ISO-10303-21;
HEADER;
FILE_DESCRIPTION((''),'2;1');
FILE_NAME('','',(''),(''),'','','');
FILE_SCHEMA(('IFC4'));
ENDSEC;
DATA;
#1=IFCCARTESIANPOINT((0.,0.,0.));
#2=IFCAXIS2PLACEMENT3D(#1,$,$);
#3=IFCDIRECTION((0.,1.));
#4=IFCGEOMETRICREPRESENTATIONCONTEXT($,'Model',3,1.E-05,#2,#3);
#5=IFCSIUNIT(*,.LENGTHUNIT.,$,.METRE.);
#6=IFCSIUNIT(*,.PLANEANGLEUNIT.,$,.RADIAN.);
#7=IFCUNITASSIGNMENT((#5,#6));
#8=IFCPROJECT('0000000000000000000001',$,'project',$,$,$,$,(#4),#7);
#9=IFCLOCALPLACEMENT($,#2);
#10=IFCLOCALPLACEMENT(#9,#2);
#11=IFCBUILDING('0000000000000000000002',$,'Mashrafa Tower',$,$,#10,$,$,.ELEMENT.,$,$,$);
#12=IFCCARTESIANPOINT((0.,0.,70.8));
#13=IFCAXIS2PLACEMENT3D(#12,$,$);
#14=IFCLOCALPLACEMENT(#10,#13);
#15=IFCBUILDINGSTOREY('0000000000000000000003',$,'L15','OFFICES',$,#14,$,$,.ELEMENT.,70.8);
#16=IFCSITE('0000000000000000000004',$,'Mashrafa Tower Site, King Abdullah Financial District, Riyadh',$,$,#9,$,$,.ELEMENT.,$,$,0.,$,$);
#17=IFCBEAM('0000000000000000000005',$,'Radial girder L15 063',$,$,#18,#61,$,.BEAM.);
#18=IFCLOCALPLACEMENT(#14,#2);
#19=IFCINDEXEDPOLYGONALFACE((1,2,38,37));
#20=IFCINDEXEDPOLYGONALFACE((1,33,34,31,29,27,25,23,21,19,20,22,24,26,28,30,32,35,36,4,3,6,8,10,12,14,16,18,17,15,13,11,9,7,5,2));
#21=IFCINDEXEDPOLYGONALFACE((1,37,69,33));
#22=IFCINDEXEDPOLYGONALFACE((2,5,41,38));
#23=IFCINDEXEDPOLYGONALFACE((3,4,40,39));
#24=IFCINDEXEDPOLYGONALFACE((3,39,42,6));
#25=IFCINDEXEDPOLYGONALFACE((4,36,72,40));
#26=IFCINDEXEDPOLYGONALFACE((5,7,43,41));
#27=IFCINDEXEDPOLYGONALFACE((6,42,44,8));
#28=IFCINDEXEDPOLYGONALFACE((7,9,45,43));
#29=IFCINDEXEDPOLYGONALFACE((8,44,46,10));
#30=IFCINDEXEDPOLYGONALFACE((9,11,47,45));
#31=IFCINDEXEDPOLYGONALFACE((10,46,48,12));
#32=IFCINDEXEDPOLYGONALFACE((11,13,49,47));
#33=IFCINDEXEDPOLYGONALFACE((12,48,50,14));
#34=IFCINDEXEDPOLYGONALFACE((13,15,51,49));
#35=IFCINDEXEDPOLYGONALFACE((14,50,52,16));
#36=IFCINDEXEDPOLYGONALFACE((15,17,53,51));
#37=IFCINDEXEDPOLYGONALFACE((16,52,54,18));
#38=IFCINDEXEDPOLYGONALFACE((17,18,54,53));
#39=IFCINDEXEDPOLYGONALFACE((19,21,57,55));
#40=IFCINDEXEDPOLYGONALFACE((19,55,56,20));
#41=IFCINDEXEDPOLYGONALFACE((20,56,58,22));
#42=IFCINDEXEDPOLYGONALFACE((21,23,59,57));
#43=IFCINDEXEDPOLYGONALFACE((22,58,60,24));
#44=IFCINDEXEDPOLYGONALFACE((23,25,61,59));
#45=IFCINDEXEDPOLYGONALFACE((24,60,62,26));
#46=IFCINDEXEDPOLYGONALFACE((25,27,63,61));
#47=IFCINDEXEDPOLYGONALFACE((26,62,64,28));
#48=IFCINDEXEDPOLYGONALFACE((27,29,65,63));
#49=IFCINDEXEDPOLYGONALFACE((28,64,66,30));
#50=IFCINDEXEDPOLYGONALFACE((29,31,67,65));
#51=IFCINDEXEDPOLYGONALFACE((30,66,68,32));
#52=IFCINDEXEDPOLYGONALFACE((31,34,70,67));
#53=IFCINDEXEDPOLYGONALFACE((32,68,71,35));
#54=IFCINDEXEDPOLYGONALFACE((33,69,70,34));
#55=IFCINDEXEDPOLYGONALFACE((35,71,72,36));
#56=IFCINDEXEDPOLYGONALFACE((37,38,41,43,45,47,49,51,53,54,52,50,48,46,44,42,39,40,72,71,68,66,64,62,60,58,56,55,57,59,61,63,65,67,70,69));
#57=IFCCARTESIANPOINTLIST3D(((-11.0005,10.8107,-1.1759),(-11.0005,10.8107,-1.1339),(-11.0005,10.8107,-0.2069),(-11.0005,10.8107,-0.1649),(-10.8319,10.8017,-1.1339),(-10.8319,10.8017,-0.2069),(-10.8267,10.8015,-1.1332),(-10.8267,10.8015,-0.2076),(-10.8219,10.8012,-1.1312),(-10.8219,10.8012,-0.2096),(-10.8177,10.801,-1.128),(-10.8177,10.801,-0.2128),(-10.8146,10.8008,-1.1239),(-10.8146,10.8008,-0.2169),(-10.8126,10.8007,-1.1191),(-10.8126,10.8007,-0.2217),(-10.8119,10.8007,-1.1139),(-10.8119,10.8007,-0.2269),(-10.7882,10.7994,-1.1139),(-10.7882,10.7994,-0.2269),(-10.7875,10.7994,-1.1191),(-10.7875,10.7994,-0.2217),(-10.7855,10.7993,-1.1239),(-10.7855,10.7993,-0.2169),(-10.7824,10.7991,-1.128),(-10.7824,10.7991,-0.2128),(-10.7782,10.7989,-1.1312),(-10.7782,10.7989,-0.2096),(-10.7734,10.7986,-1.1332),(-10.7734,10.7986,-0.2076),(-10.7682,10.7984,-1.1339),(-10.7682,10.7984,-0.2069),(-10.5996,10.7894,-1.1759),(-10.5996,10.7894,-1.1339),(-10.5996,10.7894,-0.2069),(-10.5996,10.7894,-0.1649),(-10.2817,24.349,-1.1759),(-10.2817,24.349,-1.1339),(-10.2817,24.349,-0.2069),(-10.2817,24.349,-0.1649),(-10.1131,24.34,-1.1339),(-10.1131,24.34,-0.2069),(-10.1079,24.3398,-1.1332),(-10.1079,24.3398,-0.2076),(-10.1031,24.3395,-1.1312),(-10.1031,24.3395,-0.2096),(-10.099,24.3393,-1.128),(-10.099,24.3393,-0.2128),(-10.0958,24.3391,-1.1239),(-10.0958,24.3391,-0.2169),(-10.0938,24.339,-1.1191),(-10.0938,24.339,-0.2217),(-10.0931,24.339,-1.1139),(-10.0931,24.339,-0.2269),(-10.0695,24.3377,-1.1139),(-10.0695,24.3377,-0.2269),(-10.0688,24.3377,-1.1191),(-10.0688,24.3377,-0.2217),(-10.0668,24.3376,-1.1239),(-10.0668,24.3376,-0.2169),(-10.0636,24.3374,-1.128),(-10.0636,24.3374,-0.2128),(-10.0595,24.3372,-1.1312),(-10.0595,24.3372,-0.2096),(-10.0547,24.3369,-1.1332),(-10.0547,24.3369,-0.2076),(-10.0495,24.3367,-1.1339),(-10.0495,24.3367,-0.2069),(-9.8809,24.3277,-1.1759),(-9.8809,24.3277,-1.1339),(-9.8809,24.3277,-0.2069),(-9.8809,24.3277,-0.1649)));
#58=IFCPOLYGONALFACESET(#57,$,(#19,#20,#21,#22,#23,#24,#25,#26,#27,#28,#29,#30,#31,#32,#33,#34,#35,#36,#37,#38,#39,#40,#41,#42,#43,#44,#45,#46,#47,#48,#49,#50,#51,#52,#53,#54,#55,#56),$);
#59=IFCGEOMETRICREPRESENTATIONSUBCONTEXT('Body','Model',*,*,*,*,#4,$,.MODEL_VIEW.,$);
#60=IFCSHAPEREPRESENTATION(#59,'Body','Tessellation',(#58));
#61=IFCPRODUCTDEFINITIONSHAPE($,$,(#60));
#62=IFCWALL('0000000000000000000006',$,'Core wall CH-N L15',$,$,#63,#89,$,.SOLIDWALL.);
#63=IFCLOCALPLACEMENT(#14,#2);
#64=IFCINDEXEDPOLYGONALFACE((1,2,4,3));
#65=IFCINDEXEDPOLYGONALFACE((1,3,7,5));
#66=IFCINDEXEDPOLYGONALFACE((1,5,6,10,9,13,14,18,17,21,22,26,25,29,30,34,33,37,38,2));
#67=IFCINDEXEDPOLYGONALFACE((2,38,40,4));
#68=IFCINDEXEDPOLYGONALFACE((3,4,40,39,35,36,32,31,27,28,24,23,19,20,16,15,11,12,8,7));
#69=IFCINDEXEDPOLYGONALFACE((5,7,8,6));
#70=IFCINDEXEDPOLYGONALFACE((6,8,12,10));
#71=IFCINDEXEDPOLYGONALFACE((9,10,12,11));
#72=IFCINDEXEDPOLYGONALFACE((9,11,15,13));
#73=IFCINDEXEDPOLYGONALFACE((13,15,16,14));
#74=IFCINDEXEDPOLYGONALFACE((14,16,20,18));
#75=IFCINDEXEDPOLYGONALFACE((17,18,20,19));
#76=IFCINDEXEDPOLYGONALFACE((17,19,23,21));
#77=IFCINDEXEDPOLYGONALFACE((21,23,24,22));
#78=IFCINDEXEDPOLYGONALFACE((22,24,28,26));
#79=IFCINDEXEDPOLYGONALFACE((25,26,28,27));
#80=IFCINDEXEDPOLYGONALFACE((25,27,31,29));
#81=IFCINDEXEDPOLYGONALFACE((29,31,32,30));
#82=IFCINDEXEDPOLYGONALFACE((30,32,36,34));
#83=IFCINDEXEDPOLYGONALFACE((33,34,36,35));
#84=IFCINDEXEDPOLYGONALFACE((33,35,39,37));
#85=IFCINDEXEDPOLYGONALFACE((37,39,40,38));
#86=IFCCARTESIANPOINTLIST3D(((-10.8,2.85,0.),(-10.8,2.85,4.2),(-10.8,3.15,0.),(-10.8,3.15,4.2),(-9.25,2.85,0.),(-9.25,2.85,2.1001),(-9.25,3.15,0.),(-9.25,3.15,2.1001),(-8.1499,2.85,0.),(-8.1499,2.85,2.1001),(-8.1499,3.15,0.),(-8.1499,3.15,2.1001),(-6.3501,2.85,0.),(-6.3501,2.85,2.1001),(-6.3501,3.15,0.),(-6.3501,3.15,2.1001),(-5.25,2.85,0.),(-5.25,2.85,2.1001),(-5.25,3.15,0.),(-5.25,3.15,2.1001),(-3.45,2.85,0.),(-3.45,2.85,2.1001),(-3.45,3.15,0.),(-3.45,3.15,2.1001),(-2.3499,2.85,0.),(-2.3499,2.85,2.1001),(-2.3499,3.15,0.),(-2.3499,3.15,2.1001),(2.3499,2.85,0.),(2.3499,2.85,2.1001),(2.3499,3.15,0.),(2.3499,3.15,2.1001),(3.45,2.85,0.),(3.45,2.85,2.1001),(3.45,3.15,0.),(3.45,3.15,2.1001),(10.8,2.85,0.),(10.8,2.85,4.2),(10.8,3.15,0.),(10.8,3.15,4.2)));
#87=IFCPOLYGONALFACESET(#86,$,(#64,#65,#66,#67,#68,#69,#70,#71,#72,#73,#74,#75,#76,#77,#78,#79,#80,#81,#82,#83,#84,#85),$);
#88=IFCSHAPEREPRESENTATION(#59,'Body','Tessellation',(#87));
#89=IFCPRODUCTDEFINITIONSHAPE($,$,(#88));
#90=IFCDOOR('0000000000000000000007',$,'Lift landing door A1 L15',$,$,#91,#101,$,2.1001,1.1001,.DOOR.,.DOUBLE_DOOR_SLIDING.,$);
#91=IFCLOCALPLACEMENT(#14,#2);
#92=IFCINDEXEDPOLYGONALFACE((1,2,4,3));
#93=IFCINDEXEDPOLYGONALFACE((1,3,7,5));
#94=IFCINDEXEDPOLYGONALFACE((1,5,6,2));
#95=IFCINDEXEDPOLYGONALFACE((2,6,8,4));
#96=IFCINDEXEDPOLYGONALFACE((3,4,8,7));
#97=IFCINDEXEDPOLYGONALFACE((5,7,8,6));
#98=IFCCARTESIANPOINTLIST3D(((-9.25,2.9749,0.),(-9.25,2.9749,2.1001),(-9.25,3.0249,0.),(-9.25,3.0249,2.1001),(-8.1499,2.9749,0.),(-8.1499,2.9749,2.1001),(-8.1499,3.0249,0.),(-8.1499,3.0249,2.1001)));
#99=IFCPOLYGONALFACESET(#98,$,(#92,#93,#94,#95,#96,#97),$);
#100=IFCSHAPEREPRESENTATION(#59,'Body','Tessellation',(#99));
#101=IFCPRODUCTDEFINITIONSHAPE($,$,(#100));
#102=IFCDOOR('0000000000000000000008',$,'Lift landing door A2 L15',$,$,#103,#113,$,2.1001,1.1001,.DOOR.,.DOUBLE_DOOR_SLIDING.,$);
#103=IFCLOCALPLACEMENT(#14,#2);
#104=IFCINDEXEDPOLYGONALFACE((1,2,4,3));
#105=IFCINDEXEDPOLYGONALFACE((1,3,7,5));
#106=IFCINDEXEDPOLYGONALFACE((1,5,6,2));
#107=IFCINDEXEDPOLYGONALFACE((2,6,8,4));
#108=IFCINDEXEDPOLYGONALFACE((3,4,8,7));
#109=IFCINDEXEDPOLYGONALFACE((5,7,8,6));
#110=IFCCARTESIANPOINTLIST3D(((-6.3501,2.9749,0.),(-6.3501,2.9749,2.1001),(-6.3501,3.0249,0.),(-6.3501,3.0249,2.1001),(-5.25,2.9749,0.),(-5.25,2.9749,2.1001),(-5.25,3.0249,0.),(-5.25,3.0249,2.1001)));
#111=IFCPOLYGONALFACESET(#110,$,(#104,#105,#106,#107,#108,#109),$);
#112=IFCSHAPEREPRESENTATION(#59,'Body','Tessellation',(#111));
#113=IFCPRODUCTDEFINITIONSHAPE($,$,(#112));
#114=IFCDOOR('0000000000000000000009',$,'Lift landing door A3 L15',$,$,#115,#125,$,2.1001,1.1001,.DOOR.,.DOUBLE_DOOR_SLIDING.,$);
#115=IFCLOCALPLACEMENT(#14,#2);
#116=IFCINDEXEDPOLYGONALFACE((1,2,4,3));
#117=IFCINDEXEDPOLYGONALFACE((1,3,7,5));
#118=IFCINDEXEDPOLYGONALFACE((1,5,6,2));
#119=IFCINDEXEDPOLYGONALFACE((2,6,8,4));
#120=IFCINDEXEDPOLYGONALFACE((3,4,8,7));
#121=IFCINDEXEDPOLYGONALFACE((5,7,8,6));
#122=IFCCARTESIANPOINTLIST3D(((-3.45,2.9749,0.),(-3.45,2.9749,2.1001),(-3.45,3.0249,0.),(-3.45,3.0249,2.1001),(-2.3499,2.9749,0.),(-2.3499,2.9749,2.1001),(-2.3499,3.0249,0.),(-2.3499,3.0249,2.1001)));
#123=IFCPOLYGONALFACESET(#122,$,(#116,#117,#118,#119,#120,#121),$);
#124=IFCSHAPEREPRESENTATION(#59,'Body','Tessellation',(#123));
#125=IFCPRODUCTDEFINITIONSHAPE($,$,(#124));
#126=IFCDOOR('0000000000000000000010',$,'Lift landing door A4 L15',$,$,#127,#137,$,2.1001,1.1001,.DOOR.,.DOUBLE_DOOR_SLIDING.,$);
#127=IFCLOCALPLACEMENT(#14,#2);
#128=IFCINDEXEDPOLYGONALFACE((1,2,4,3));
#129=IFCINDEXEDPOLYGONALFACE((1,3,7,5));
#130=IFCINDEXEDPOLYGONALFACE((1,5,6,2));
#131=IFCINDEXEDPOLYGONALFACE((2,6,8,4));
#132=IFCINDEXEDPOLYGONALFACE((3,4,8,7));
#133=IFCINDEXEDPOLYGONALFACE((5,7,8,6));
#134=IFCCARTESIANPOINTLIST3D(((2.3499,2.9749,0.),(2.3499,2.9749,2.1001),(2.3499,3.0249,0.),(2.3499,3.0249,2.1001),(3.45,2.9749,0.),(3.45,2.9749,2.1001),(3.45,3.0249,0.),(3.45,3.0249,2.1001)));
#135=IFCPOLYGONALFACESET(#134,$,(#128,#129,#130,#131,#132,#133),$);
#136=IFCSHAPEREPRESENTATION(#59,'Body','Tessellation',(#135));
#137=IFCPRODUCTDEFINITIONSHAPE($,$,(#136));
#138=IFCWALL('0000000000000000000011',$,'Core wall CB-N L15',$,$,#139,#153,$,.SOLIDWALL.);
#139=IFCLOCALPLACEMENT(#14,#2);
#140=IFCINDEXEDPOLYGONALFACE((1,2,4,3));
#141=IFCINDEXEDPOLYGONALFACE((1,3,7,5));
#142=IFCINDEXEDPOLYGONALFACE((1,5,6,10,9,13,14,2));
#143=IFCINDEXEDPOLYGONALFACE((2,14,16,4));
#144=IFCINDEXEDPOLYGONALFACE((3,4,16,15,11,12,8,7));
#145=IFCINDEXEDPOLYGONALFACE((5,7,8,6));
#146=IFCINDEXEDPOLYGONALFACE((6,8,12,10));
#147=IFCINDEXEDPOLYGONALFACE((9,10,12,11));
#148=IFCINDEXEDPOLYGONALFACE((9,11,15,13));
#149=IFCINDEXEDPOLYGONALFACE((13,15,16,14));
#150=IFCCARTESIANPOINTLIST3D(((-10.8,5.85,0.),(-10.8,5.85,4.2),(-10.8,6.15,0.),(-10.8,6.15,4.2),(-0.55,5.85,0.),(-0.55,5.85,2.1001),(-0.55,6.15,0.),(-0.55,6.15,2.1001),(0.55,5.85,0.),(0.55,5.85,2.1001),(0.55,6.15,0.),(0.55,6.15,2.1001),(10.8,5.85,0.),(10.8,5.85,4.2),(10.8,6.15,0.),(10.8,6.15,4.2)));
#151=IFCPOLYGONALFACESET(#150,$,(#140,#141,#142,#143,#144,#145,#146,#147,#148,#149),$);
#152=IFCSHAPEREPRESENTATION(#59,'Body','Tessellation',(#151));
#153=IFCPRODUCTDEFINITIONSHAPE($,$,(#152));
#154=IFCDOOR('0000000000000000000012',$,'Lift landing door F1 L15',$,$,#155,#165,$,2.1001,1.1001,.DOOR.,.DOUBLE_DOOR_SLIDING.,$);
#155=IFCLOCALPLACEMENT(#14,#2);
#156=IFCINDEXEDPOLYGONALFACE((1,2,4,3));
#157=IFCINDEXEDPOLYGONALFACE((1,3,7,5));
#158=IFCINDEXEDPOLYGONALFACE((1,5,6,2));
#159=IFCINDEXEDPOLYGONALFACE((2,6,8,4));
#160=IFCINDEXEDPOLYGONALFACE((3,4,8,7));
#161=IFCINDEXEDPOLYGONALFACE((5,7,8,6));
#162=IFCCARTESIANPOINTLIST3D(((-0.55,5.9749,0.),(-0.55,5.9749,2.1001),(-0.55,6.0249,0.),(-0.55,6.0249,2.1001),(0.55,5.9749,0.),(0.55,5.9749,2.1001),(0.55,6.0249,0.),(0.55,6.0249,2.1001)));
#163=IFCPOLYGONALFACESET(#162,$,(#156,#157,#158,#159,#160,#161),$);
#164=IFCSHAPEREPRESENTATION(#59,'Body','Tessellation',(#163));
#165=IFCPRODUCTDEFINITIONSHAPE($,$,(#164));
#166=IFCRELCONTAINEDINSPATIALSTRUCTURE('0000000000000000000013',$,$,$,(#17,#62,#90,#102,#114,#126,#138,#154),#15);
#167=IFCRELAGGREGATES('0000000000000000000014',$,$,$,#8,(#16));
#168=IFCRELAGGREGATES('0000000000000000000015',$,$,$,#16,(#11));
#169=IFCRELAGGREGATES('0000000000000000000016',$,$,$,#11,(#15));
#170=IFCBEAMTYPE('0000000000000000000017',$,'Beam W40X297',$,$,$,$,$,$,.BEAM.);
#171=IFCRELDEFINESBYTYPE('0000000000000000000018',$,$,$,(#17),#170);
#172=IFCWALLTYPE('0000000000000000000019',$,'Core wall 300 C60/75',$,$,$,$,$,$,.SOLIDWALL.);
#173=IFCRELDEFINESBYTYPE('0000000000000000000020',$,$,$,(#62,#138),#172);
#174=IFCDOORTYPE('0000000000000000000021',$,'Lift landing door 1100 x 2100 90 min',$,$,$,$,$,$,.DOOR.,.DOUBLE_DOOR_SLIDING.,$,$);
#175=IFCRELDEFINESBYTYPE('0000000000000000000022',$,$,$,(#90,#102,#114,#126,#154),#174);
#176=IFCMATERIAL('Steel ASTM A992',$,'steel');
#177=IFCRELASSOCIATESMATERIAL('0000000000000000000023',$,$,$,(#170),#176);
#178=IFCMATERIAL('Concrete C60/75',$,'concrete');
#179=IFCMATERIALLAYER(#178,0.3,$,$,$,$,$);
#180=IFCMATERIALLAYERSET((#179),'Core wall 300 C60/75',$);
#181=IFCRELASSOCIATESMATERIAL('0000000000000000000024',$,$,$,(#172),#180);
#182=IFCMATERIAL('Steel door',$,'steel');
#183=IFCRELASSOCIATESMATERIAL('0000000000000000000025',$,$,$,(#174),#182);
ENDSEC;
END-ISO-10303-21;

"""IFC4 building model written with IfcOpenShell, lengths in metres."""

from ifc_helpers import new_model, si_unit, direction, frame, frame_2d, origin, origin_2d, place, context, subcontext, project, spatial, rectangle, i_section, extrude, material, layer, layer_set, material_profile, profile_set, type_object, element, fill, save


model = new_model("IFC4")

# Units and contexts
model_context = context("Model", 3, precision=1e-05, world=origin(), true_north=direction((0.0, 1.0)))
body_context = subcontext(model_context, "Body", "Model", "MODEL_VIEW")
ifc_project = project(units=[si_unit("LENGTHUNIT", "METRE"), si_unit("PLANEANGLEUNIT", "RADIAN")], contexts=[model_context])

# Site, building, storey
site_placement = place(None, origin())
site = spatial("IfcSite", under=ifc_project, at=site_placement, Name="Mashrafa Tower Site, King Abdullah Financial District, Riyadh", CompositionType="ELEMENT", RefElevation=0.0)
building_placement = place(site_placement, origin())
building = spatial("IfcBuilding", under=site, at=building_placement, Name="Mashrafa Tower", CompositionType="ELEMENT")
storey_placement = place(building_placement, frame((0.0, 0.0, 70.8)))
storey = spatial("IfcBuildingStorey", under=building, at=storey_placement, Name="L15", Description="OFFICES", CompositionType="ELEMENT", Elevation=70.8)

# Beam
ifc_material_1 = material(Name="Steel ASTM A992", Category="steel")
ifc_material_profile_1 = material_profile(ifc_material_1, i_section(OverallWidth=0.4014, OverallDepth=1.011, WebThickness=0.0237, FlangeThickness=0.042, FilletRadius=0.02, at=origin_2d()), Name="W40X297")
ifc_profile_set_1 = profile_set([ifc_material_profile_1], Name="Steel ASTM A992")
beam_type_1 = type_object("IfcBeamType", Name="Beam W40X297", PredefinedType="BEAM", material=ifc_profile_set_1)
for number, where, z_axis, x_axis, name in (
    (1, (-10.8, 10.8, -0.6704), (0.053015, 0.998594, 0.0), (-0.998594, 0.053015, 0.0), "Radial girder L15 063"),
):
    element("IfcBeam", number, at=place(storey_placement, frame(where, z_axis=z_axis, x_axis=x_axis)), inside=storey, type_object=beam_type_1, Name=name, PredefinedType="BEAM", context=body_context, shape_type="SweptSolid", body=[
        extrude(i_section(OverallWidth=0.4014, OverallDepth=1.011, WebThickness=0.0237, FlangeThickness=0.042, FilletRadius=0.02, at=origin_2d()), origin(), (0.0, 0.0, 1.0), 13.5574),
    ])

# Wall, openings, doors
ifc_material_2 = material(Name="Concrete C60/75", Category="concrete")
ifc_layer_1 = layer(ifc_material_2, 0.3)
ifc_layer_set_1 = layer_set([ifc_layer_1], Name="Core wall 300 C60/75")
wall_type_1 = type_object("IfcWallType", Name="Core wall 300 C60/75", PredefinedType="SOLIDWALL", material=ifc_layer_set_1)
wall_1_placement = place(storey_placement, frame((-10.8, 3.0, 0.0), z_axis=(0.0, 0.0, 1.0), x_axis=(1.0, 0.0, 0.0)))
wall_1 = element("IfcWall", 2, at=wall_1_placement, inside=storey, type_object=wall_type_1, Name="Core wall CH-N L15", PredefinedType="SOLIDWALL", context=body_context, shape_type="SweptSolid", body=[
    extrude(rectangle(XDim=21.6001, YDim=0.3, at=frame_2d((10.8, 0.0))), origin(), (0.0, 0.0, 1.0), 4.2),
])
opening_1_placement = place(wall_1_placement, frame((1.55, 0.0, 0.0)))
opening_1 = element("IfcOpeningElement", 3, at=opening_1_placement, cuts=wall_1, PredefinedType="OPENING", context=body_context, shape_type="SweptSolid", body=[
    extrude(rectangle(XDim=1.1001, YDim=2.1001, at=frame_2d((0.55, 1.05))), frame((0.0, 0.1599, 0.0), z_axis=(0.0, -1.0, 0.0), x_axis=(1.0, 0.0, 0.0)), (0.0, 0.0, 1.0), 0.3201),
])
opening_2_placement = place(wall_1_placement, frame((4.45, 0.0, 0.0)))
opening_2 = element("IfcOpeningElement", 4, at=opening_2_placement, cuts=wall_1, PredefinedType="OPENING", context=body_context, shape_type="SweptSolid", body=[
    extrude(rectangle(XDim=1.1001, YDim=2.1001, at=frame_2d((0.55, 1.05))), frame((0.0, 0.1599, 0.0), z_axis=(0.0, -1.0, 0.0), x_axis=(1.0, 0.0, 0.0)), (0.0, 0.0, 1.0), 0.3201),
])
opening_3_placement = place(wall_1_placement, frame((7.3501, 0.0, 0.0)))
opening_3 = element("IfcOpeningElement", 5, at=opening_3_placement, cuts=wall_1, PredefinedType="OPENING", context=body_context, shape_type="SweptSolid", body=[
    extrude(rectangle(XDim=1.1001, YDim=2.1001, at=frame_2d((0.55, 1.05))), frame((0.0, 0.1599, 0.0), z_axis=(0.0, -1.0, 0.0), x_axis=(1.0, 0.0, 0.0)), (0.0, 0.0, 1.0), 0.3201),
])
opening_4_placement = place(wall_1_placement, frame((13.1499, 0.0, 0.0)))
opening_4 = element("IfcOpeningElement", 6, at=opening_4_placement, cuts=wall_1, PredefinedType="OPENING", context=body_context, shape_type="SweptSolid", body=[
    extrude(rectangle(XDim=1.1001, YDim=2.1001, at=frame_2d((0.55, 1.05))), frame((0.0, 0.1599, 0.0), z_axis=(0.0, -1.0, 0.0), x_axis=(1.0, 0.0, 0.0)), (0.0, 0.0, 1.0), 0.3201),
])
ifc_material_3 = material(Name="Steel door", Category="steel")
door_type_1 = type_object("IfcDoorType", Name="Lift landing door 1100 x 2100 90 min", OperationType="DOUBLE_DOOR_SLIDING", PredefinedType="DOOR", material=ifc_material_3)
door_1_placement = place(opening_1_placement, origin())
door_1 = element("IfcDoor", 7, at=door_1_placement, inside=storey, type_object=door_type_1, Name="Lift landing door A1 L15", OperationType="DOUBLE_DOOR_SLIDING", OverallHeight=2.1001, OverallWidth=1.1001, PredefinedType="DOOR", context=body_context, shape_type="SweptSolid", body=[
    extrude(rectangle(XDim=1.1001, YDim=2.1001, at=frame_2d((0.55, 1.05))), frame((0.0, 0.0249, 0.0), z_axis=(0.0, -1.0, 0.0), x_axis=(1.0, 0.0, 0.0)), (0.0, 0.0, 1.0), 0.05),
])
fill(opening_1, door_1)
door_2_placement = place(opening_2_placement, origin())
door_2 = element("IfcDoor", 8, at=door_2_placement, inside=storey, type_object=door_type_1, Name="Lift landing door A2 L15", OperationType="DOUBLE_DOOR_SLIDING", OverallHeight=2.1001, OverallWidth=1.1001, PredefinedType="DOOR", context=body_context, shape_type="SweptSolid", body=[
    extrude(rectangle(XDim=1.1001, YDim=2.1001, at=frame_2d((0.55, 1.05))), frame((0.0, 0.0249, 0.0), z_axis=(0.0, -1.0, 0.0), x_axis=(1.0, 0.0, 0.0)), (0.0, 0.0, 1.0), 0.05),
])
fill(opening_2, door_2)
door_3_placement = place(opening_3_placement, origin())
door_3 = element("IfcDoor", 9, at=door_3_placement, inside=storey, type_object=door_type_1, Name="Lift landing door A3 L15", OperationType="DOUBLE_DOOR_SLIDING", OverallHeight=2.1001, OverallWidth=1.1001, PredefinedType="DOOR", context=body_context, shape_type="SweptSolid", body=[
    extrude(rectangle(XDim=1.1001, YDim=2.1001, at=frame_2d((0.55, 1.05))), frame((0.0, 0.0249, 0.0), z_axis=(0.0, -1.0, 0.0), x_axis=(1.0, 0.0, 0.0)), (0.0, 0.0, 1.0), 0.05),
])
fill(opening_3, door_3)
door_4_placement = place(opening_4_placement, origin())
door_4 = element("IfcDoor", 10, at=door_4_placement, inside=storey, type_object=door_type_1, Name="Lift landing door A4 L15", OperationType="DOUBLE_DOOR_SLIDING", OverallHeight=2.1001, OverallWidth=1.1001, PredefinedType="DOOR", context=body_context, shape_type="SweptSolid", body=[
    extrude(rectangle(XDim=1.1001, YDim=2.1001, at=frame_2d((0.55, 1.05))), frame((0.0, 0.0249, 0.0), z_axis=(0.0, -1.0, 0.0), x_axis=(1.0, 0.0, 0.0)), (0.0, 0.0, 1.0), 0.05),
])
fill(opening_4, door_4)

# Wall, opening, door
wall_2_placement = place(storey_placement, frame((-10.8, 6.0, 0.0), z_axis=(0.0, 0.0, 1.0), x_axis=(1.0, 0.0, 0.0)))
wall_2 = element("IfcWall", 11, at=wall_2_placement, inside=storey, type_object=wall_type_1, Name="Core wall CB-N L15", PredefinedType="SOLIDWALL", context=body_context, shape_type="SweptSolid", body=[
    extrude(rectangle(XDim=21.6001, YDim=0.3, at=frame_2d((10.8, 0.0))), origin(), (0.0, 0.0, 1.0), 4.2),
])
opening_5_placement = place(wall_2_placement, frame((10.25, 0.0, 0.0)))
opening_5 = element("IfcOpeningElement", 12, at=opening_5_placement, cuts=wall_2, PredefinedType="OPENING", context=body_context, shape_type="SweptSolid", body=[
    extrude(rectangle(XDim=1.1001, YDim=2.1001, at=frame_2d((0.55, 1.05))), frame((0.0, 0.1599, 0.0), z_axis=(0.0, -1.0, 0.0), x_axis=(1.0, 0.0, 0.0)), (0.0, 0.0, 1.0), 0.3201),
])
door_5_placement = place(opening_5_placement, origin())
door_5 = element("IfcDoor", 13, at=door_5_placement, inside=storey, type_object=door_type_1, Name="Lift landing door F1 L15", OperationType="DOUBLE_DOOR_SLIDING", OverallHeight=2.1001, OverallWidth=1.1001, PredefinedType="DOOR", context=body_context, shape_type="SweptSolid", body=[
    extrude(rectangle(XDim=1.1001, YDim=2.1001, at=frame_2d((0.55, 1.05))), frame((0.0, 0.0249, 0.0), z_axis=(0.0, -1.0, 0.0), x_axis=(1.0, 0.0, 0.0)), (0.0, 0.0, 1.0), 0.05),
])
fill(opening_5, door_5)

save(model, "model.ifc")
